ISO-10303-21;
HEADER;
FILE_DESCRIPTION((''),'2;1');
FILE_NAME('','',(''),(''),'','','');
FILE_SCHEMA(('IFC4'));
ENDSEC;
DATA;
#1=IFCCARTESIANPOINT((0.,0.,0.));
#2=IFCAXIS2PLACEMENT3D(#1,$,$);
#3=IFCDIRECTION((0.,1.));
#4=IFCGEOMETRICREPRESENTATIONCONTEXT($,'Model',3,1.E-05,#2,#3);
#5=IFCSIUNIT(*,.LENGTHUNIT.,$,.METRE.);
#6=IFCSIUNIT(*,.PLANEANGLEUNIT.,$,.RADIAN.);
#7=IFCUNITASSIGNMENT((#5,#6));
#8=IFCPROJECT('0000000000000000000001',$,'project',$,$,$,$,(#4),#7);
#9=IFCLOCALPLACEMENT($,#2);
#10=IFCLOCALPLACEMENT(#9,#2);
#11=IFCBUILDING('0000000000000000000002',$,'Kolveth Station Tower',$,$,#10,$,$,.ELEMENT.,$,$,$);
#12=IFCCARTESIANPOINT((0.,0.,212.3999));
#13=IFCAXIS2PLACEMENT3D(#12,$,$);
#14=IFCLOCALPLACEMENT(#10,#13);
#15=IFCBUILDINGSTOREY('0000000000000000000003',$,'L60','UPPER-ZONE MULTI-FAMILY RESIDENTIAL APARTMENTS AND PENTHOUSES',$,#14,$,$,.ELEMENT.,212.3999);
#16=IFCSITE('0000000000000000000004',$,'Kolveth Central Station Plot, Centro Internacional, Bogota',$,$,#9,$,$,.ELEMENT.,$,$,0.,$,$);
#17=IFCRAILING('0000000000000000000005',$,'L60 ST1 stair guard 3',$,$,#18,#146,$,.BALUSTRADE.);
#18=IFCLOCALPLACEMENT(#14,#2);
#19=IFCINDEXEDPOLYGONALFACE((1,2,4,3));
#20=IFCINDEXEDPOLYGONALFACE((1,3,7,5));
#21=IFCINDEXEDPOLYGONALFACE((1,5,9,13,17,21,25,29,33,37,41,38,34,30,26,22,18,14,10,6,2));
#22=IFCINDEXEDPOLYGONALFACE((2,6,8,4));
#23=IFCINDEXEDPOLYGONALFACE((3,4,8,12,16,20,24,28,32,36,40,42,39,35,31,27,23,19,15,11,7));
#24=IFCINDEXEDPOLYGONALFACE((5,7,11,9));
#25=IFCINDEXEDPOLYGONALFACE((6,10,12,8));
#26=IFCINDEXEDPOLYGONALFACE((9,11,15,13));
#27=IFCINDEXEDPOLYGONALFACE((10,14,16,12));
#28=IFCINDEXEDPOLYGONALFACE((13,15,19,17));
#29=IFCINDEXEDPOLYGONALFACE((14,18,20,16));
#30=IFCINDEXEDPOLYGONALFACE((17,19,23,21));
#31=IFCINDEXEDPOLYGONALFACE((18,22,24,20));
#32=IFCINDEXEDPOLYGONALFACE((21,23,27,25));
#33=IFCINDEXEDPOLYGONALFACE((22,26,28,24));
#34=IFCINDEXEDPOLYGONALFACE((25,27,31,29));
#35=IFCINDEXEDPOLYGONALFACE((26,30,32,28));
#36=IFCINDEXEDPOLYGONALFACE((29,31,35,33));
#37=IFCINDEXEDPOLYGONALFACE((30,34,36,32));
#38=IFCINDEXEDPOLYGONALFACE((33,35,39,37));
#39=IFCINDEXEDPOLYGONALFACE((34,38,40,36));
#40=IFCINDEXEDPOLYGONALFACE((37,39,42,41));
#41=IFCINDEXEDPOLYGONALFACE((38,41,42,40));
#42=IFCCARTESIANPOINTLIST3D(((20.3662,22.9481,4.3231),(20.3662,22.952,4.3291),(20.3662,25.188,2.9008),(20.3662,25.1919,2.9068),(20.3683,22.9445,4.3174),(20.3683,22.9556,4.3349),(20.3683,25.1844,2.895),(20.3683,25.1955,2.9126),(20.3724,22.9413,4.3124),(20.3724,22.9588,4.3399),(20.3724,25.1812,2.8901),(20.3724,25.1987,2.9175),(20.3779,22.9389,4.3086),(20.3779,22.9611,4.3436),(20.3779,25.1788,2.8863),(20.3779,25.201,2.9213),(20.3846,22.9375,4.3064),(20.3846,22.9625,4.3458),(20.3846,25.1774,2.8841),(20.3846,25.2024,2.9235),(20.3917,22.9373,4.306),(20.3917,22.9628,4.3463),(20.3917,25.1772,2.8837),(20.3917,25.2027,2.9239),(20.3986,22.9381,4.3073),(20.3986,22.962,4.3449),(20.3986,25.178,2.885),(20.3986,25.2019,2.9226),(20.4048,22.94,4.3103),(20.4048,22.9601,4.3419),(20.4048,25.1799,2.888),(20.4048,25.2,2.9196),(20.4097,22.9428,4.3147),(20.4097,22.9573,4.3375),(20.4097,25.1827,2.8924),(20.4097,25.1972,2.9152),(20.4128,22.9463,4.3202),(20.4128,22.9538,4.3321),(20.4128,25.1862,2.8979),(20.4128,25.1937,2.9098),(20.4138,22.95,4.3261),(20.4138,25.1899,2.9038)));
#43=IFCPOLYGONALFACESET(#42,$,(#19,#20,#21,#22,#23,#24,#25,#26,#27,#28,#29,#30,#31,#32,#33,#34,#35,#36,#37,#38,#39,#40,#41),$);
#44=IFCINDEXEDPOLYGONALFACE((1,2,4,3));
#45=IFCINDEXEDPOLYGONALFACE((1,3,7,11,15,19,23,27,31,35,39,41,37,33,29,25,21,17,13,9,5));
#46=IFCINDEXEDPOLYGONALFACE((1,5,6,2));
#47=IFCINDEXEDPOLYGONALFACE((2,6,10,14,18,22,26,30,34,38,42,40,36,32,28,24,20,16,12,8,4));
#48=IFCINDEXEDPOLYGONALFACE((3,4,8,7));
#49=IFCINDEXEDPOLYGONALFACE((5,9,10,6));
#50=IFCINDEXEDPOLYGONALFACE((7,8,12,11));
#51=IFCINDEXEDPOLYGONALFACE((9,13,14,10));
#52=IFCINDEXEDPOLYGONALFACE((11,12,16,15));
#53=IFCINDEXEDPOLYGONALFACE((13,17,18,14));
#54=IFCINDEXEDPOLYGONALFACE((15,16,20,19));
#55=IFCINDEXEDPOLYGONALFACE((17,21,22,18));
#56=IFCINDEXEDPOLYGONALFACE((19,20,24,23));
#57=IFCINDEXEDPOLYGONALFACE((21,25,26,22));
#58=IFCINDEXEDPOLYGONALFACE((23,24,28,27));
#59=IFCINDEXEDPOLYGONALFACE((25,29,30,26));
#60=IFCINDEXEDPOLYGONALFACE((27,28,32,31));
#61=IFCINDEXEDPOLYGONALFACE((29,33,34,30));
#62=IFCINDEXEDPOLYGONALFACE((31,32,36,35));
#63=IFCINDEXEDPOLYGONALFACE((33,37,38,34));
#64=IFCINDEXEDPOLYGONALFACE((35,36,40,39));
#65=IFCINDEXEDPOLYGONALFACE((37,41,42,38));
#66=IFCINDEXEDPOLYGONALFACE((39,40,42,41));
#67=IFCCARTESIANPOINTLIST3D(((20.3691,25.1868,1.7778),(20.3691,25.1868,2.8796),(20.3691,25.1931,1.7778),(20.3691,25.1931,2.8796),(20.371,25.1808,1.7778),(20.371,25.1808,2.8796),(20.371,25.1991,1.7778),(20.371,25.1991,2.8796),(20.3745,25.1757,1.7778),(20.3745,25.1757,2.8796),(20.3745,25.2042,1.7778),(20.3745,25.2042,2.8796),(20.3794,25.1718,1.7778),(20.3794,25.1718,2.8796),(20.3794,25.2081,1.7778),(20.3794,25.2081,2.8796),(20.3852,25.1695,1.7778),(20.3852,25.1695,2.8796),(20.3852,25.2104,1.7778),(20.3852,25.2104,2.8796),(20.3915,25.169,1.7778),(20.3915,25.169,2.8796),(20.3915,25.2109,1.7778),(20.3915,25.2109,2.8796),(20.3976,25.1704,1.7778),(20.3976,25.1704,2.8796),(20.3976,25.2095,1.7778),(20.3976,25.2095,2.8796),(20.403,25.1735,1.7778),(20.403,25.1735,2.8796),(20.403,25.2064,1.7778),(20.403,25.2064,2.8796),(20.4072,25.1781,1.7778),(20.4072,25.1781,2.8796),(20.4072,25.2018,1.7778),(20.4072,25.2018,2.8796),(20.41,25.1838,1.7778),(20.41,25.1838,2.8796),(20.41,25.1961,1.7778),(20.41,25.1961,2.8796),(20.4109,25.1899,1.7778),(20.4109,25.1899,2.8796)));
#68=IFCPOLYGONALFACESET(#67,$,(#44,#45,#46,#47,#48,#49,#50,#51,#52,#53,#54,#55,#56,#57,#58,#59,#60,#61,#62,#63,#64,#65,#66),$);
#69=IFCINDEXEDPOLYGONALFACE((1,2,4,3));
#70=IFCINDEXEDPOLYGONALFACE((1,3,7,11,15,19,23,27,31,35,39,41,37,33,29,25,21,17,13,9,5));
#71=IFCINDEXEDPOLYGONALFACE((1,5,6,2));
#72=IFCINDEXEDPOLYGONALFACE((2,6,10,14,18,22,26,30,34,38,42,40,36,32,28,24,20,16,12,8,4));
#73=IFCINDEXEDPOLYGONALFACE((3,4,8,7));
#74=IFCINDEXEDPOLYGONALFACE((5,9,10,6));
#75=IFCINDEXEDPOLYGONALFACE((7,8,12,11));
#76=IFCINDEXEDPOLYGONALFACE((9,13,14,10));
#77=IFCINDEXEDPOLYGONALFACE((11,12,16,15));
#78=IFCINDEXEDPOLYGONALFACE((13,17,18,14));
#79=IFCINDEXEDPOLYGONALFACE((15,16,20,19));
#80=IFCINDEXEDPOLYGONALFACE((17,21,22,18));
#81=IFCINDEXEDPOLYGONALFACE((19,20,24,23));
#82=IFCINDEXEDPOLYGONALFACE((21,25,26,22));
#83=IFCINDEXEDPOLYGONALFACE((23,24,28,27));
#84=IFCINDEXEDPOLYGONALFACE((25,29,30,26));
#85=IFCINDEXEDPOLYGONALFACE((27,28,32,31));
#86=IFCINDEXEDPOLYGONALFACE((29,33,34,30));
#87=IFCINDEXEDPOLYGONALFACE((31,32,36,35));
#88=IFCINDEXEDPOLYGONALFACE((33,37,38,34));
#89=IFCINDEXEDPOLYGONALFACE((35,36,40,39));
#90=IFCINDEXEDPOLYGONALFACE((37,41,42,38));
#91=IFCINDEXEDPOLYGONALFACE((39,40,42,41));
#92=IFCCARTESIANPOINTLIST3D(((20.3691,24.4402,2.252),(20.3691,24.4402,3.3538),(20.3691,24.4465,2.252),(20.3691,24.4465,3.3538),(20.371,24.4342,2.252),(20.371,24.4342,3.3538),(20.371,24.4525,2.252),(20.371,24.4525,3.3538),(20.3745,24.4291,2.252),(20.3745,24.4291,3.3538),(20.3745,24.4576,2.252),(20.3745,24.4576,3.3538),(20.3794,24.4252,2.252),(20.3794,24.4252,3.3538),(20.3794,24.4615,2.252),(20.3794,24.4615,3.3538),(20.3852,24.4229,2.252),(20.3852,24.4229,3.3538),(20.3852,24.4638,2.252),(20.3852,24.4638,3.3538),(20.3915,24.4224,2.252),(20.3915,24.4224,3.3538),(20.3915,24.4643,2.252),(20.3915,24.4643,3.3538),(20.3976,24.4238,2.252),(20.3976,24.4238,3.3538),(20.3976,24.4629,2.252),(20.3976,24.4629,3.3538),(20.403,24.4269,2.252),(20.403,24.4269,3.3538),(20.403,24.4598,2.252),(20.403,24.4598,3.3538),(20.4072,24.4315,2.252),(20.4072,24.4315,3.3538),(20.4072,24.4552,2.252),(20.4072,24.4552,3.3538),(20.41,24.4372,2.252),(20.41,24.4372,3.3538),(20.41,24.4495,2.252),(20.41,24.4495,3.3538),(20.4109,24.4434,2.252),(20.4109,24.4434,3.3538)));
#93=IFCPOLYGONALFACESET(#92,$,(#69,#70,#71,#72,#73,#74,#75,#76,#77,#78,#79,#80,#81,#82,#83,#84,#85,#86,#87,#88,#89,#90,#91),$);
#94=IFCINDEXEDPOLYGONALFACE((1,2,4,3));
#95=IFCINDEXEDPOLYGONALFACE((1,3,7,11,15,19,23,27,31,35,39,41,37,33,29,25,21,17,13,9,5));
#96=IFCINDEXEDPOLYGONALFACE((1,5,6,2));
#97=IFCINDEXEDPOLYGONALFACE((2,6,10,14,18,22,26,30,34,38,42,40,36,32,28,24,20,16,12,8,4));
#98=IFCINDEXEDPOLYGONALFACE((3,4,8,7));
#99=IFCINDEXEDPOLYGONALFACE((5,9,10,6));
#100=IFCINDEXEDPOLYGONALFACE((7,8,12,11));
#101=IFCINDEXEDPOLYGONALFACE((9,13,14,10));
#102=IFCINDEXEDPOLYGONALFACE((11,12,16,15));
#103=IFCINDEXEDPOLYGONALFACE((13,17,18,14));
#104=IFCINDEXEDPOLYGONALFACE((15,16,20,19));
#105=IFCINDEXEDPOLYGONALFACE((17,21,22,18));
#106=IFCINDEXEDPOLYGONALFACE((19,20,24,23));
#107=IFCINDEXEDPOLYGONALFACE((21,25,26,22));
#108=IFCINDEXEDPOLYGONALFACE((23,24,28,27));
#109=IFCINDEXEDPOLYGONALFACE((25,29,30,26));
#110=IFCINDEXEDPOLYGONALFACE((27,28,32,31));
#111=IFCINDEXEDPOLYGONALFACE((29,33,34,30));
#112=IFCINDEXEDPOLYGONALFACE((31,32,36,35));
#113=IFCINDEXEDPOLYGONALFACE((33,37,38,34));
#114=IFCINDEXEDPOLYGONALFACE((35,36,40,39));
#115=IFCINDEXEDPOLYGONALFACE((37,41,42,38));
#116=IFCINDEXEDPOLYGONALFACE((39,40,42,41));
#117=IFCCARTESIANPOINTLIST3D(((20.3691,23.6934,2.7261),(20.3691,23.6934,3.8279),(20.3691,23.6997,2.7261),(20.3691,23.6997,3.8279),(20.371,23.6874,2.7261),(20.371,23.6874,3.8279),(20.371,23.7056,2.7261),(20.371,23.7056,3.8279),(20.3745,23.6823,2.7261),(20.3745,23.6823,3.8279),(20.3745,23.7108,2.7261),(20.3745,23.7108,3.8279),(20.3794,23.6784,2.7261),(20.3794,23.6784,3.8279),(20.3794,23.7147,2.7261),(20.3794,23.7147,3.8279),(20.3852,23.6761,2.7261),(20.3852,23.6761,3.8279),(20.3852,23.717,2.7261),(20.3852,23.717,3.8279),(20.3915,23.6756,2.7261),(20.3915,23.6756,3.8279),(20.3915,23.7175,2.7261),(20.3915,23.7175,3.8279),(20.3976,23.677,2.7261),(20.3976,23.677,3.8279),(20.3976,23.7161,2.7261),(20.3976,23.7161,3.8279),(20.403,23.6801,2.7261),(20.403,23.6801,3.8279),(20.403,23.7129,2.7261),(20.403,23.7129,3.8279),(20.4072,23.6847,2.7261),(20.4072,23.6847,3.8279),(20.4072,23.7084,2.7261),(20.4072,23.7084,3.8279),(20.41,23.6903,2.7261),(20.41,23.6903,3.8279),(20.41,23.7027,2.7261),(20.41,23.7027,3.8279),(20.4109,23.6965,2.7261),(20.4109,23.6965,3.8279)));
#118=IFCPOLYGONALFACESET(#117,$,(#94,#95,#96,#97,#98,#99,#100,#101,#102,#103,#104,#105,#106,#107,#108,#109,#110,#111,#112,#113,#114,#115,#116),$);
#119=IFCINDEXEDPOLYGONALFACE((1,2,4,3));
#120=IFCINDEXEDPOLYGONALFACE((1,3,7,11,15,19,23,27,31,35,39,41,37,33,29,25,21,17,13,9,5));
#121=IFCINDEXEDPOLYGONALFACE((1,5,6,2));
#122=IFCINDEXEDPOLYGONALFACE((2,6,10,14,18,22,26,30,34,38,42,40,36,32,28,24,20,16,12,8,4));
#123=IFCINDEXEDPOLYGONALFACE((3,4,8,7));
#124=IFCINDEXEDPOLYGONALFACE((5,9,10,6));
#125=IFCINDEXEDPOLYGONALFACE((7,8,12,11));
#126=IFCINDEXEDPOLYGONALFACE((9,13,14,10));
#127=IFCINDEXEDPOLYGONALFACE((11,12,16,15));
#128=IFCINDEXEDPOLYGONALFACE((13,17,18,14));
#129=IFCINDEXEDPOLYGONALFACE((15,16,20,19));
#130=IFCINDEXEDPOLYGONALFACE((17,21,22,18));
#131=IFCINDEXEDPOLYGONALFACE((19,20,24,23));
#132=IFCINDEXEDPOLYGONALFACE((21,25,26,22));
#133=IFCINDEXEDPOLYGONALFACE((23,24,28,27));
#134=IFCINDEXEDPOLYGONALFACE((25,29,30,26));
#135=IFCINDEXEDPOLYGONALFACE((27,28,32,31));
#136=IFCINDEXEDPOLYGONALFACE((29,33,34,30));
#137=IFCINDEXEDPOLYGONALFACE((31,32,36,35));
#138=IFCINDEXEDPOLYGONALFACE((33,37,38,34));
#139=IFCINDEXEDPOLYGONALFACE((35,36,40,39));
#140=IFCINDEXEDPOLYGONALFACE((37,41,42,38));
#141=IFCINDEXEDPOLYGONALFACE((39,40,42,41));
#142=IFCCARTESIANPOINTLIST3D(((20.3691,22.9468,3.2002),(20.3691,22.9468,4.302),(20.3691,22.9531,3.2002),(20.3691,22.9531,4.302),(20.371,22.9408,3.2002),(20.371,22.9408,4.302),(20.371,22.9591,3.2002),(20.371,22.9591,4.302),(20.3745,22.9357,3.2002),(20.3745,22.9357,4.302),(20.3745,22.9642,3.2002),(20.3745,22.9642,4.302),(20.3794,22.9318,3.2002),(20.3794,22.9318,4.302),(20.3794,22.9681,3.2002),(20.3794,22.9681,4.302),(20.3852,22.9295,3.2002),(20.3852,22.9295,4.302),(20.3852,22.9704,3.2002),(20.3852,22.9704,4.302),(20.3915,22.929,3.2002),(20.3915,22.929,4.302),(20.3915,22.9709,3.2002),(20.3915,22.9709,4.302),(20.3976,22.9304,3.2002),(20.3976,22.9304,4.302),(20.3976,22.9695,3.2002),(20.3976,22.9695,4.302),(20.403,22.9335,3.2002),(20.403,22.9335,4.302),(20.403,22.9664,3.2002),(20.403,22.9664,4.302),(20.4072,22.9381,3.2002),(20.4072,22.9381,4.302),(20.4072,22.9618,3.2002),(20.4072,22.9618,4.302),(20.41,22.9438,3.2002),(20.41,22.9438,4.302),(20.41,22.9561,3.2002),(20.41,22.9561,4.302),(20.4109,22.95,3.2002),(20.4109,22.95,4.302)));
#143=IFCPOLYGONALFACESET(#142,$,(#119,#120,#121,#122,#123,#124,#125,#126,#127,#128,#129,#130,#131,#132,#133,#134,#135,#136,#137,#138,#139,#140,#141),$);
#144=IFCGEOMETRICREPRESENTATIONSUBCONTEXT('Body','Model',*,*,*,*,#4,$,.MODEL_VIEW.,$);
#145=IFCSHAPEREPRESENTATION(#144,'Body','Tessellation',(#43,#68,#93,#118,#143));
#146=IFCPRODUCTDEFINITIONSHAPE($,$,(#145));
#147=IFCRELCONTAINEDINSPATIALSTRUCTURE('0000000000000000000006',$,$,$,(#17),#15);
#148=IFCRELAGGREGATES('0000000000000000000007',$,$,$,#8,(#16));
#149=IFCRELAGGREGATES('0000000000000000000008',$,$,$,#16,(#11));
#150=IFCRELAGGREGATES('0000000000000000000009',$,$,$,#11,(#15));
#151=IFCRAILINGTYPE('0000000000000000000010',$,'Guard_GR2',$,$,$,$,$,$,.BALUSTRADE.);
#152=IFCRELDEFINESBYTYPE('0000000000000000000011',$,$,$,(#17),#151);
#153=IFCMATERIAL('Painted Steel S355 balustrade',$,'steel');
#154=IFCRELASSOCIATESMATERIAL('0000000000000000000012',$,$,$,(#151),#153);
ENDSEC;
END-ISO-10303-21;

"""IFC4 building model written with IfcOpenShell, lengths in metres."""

from ifc_helpers import new_model, si_unit, direction, frame, origin, origin_2d, place, context, subcontext, project, spatial, circle, extrude, material, type_object, element, save


model = new_model("IFC4")

# Units and contexts
model_context = context("Model", 3, precision=1e-05, world=origin(), true_north=direction((0.0, 1.0)))
body_context = subcontext(model_context, "Body", "Model", "MODEL_VIEW")
ifc_project = project(units=[si_unit("LENGTHUNIT", "METRE"), si_unit("PLANEANGLEUNIT", "RADIAN")], contexts=[model_context])

# Site, building, storey
site_placement = place(None, origin())
site = spatial("IfcSite", under=ifc_project, at=site_placement, Name="Kolveth Central Station Plot, Centro Internacional, Bogota", CompositionType="ELEMENT", RefElevation=0.0)
building_placement = place(site_placement, origin())
building = spatial("IfcBuilding", under=site, at=building_placement, Name="Kolveth Station Tower", CompositionType="ELEMENT")
storey_placement = place(building_placement, frame((0.0, 0.0, 212.3999)))
storey = spatial("IfcBuildingStorey", under=building, at=storey_placement, Name="L60", Description="UPPER-ZONE MULTI-FAMILY RESIDENTIAL APARTMENTS AND PENTHOUSES", CompositionType="ELEMENT", Elevation=212.3999)

# Railing
ifc_material_1 = material(Name="Painted Steel S355 balustrade", Category="steel")
railing_type_1 = type_object("IfcRailingType", Name="Guard_GR2", PredefinedType="BALUSTRADE", material=ifc_material_1)
railing_1_placement = place(storey_placement, frame((20.3899, 25.1899, 1.7778)))
element("IfcRailing", 1, at=railing_1_placement, inside=storey, type_object=railing_type_1, Name="L60 ST1 stair guard 3", PredefinedType="BALUSTRADE", context=body_context, shape_type="SweptSolid", body=[
    extrude(circle(Radius=0.0239, at=origin_2d()), frame((0.0, 0.0, 1.126), z_axis=(0.0, -0.844188, 0.536048), x_axis=(1.0, 0.0, 0.0)), (0.0, 0.0, 1.0), 2.6533),
    extrude(circle(Radius=0.021, at=origin_2d()), origin(), (0.0, 0.0, 1.0), 1.1018),
    extrude(circle(Radius=0.021, at=origin_2d()), frame((0.0, -0.7466, 0.4741)), (0.0, 0.0, 1.0), 1.1018),
    extrude(circle(Radius=0.021, at=origin_2d()), frame((0.0, -1.4934, 0.9482)), (0.0, 0.0, 1.0), 1.1018),
    extrude(circle(Radius=0.021, at=origin_2d()), frame((0.0, -2.24, 1.4224)), (0.0, 0.0, 1.0), 1.1018),
])

save(model, "model.ifc")
